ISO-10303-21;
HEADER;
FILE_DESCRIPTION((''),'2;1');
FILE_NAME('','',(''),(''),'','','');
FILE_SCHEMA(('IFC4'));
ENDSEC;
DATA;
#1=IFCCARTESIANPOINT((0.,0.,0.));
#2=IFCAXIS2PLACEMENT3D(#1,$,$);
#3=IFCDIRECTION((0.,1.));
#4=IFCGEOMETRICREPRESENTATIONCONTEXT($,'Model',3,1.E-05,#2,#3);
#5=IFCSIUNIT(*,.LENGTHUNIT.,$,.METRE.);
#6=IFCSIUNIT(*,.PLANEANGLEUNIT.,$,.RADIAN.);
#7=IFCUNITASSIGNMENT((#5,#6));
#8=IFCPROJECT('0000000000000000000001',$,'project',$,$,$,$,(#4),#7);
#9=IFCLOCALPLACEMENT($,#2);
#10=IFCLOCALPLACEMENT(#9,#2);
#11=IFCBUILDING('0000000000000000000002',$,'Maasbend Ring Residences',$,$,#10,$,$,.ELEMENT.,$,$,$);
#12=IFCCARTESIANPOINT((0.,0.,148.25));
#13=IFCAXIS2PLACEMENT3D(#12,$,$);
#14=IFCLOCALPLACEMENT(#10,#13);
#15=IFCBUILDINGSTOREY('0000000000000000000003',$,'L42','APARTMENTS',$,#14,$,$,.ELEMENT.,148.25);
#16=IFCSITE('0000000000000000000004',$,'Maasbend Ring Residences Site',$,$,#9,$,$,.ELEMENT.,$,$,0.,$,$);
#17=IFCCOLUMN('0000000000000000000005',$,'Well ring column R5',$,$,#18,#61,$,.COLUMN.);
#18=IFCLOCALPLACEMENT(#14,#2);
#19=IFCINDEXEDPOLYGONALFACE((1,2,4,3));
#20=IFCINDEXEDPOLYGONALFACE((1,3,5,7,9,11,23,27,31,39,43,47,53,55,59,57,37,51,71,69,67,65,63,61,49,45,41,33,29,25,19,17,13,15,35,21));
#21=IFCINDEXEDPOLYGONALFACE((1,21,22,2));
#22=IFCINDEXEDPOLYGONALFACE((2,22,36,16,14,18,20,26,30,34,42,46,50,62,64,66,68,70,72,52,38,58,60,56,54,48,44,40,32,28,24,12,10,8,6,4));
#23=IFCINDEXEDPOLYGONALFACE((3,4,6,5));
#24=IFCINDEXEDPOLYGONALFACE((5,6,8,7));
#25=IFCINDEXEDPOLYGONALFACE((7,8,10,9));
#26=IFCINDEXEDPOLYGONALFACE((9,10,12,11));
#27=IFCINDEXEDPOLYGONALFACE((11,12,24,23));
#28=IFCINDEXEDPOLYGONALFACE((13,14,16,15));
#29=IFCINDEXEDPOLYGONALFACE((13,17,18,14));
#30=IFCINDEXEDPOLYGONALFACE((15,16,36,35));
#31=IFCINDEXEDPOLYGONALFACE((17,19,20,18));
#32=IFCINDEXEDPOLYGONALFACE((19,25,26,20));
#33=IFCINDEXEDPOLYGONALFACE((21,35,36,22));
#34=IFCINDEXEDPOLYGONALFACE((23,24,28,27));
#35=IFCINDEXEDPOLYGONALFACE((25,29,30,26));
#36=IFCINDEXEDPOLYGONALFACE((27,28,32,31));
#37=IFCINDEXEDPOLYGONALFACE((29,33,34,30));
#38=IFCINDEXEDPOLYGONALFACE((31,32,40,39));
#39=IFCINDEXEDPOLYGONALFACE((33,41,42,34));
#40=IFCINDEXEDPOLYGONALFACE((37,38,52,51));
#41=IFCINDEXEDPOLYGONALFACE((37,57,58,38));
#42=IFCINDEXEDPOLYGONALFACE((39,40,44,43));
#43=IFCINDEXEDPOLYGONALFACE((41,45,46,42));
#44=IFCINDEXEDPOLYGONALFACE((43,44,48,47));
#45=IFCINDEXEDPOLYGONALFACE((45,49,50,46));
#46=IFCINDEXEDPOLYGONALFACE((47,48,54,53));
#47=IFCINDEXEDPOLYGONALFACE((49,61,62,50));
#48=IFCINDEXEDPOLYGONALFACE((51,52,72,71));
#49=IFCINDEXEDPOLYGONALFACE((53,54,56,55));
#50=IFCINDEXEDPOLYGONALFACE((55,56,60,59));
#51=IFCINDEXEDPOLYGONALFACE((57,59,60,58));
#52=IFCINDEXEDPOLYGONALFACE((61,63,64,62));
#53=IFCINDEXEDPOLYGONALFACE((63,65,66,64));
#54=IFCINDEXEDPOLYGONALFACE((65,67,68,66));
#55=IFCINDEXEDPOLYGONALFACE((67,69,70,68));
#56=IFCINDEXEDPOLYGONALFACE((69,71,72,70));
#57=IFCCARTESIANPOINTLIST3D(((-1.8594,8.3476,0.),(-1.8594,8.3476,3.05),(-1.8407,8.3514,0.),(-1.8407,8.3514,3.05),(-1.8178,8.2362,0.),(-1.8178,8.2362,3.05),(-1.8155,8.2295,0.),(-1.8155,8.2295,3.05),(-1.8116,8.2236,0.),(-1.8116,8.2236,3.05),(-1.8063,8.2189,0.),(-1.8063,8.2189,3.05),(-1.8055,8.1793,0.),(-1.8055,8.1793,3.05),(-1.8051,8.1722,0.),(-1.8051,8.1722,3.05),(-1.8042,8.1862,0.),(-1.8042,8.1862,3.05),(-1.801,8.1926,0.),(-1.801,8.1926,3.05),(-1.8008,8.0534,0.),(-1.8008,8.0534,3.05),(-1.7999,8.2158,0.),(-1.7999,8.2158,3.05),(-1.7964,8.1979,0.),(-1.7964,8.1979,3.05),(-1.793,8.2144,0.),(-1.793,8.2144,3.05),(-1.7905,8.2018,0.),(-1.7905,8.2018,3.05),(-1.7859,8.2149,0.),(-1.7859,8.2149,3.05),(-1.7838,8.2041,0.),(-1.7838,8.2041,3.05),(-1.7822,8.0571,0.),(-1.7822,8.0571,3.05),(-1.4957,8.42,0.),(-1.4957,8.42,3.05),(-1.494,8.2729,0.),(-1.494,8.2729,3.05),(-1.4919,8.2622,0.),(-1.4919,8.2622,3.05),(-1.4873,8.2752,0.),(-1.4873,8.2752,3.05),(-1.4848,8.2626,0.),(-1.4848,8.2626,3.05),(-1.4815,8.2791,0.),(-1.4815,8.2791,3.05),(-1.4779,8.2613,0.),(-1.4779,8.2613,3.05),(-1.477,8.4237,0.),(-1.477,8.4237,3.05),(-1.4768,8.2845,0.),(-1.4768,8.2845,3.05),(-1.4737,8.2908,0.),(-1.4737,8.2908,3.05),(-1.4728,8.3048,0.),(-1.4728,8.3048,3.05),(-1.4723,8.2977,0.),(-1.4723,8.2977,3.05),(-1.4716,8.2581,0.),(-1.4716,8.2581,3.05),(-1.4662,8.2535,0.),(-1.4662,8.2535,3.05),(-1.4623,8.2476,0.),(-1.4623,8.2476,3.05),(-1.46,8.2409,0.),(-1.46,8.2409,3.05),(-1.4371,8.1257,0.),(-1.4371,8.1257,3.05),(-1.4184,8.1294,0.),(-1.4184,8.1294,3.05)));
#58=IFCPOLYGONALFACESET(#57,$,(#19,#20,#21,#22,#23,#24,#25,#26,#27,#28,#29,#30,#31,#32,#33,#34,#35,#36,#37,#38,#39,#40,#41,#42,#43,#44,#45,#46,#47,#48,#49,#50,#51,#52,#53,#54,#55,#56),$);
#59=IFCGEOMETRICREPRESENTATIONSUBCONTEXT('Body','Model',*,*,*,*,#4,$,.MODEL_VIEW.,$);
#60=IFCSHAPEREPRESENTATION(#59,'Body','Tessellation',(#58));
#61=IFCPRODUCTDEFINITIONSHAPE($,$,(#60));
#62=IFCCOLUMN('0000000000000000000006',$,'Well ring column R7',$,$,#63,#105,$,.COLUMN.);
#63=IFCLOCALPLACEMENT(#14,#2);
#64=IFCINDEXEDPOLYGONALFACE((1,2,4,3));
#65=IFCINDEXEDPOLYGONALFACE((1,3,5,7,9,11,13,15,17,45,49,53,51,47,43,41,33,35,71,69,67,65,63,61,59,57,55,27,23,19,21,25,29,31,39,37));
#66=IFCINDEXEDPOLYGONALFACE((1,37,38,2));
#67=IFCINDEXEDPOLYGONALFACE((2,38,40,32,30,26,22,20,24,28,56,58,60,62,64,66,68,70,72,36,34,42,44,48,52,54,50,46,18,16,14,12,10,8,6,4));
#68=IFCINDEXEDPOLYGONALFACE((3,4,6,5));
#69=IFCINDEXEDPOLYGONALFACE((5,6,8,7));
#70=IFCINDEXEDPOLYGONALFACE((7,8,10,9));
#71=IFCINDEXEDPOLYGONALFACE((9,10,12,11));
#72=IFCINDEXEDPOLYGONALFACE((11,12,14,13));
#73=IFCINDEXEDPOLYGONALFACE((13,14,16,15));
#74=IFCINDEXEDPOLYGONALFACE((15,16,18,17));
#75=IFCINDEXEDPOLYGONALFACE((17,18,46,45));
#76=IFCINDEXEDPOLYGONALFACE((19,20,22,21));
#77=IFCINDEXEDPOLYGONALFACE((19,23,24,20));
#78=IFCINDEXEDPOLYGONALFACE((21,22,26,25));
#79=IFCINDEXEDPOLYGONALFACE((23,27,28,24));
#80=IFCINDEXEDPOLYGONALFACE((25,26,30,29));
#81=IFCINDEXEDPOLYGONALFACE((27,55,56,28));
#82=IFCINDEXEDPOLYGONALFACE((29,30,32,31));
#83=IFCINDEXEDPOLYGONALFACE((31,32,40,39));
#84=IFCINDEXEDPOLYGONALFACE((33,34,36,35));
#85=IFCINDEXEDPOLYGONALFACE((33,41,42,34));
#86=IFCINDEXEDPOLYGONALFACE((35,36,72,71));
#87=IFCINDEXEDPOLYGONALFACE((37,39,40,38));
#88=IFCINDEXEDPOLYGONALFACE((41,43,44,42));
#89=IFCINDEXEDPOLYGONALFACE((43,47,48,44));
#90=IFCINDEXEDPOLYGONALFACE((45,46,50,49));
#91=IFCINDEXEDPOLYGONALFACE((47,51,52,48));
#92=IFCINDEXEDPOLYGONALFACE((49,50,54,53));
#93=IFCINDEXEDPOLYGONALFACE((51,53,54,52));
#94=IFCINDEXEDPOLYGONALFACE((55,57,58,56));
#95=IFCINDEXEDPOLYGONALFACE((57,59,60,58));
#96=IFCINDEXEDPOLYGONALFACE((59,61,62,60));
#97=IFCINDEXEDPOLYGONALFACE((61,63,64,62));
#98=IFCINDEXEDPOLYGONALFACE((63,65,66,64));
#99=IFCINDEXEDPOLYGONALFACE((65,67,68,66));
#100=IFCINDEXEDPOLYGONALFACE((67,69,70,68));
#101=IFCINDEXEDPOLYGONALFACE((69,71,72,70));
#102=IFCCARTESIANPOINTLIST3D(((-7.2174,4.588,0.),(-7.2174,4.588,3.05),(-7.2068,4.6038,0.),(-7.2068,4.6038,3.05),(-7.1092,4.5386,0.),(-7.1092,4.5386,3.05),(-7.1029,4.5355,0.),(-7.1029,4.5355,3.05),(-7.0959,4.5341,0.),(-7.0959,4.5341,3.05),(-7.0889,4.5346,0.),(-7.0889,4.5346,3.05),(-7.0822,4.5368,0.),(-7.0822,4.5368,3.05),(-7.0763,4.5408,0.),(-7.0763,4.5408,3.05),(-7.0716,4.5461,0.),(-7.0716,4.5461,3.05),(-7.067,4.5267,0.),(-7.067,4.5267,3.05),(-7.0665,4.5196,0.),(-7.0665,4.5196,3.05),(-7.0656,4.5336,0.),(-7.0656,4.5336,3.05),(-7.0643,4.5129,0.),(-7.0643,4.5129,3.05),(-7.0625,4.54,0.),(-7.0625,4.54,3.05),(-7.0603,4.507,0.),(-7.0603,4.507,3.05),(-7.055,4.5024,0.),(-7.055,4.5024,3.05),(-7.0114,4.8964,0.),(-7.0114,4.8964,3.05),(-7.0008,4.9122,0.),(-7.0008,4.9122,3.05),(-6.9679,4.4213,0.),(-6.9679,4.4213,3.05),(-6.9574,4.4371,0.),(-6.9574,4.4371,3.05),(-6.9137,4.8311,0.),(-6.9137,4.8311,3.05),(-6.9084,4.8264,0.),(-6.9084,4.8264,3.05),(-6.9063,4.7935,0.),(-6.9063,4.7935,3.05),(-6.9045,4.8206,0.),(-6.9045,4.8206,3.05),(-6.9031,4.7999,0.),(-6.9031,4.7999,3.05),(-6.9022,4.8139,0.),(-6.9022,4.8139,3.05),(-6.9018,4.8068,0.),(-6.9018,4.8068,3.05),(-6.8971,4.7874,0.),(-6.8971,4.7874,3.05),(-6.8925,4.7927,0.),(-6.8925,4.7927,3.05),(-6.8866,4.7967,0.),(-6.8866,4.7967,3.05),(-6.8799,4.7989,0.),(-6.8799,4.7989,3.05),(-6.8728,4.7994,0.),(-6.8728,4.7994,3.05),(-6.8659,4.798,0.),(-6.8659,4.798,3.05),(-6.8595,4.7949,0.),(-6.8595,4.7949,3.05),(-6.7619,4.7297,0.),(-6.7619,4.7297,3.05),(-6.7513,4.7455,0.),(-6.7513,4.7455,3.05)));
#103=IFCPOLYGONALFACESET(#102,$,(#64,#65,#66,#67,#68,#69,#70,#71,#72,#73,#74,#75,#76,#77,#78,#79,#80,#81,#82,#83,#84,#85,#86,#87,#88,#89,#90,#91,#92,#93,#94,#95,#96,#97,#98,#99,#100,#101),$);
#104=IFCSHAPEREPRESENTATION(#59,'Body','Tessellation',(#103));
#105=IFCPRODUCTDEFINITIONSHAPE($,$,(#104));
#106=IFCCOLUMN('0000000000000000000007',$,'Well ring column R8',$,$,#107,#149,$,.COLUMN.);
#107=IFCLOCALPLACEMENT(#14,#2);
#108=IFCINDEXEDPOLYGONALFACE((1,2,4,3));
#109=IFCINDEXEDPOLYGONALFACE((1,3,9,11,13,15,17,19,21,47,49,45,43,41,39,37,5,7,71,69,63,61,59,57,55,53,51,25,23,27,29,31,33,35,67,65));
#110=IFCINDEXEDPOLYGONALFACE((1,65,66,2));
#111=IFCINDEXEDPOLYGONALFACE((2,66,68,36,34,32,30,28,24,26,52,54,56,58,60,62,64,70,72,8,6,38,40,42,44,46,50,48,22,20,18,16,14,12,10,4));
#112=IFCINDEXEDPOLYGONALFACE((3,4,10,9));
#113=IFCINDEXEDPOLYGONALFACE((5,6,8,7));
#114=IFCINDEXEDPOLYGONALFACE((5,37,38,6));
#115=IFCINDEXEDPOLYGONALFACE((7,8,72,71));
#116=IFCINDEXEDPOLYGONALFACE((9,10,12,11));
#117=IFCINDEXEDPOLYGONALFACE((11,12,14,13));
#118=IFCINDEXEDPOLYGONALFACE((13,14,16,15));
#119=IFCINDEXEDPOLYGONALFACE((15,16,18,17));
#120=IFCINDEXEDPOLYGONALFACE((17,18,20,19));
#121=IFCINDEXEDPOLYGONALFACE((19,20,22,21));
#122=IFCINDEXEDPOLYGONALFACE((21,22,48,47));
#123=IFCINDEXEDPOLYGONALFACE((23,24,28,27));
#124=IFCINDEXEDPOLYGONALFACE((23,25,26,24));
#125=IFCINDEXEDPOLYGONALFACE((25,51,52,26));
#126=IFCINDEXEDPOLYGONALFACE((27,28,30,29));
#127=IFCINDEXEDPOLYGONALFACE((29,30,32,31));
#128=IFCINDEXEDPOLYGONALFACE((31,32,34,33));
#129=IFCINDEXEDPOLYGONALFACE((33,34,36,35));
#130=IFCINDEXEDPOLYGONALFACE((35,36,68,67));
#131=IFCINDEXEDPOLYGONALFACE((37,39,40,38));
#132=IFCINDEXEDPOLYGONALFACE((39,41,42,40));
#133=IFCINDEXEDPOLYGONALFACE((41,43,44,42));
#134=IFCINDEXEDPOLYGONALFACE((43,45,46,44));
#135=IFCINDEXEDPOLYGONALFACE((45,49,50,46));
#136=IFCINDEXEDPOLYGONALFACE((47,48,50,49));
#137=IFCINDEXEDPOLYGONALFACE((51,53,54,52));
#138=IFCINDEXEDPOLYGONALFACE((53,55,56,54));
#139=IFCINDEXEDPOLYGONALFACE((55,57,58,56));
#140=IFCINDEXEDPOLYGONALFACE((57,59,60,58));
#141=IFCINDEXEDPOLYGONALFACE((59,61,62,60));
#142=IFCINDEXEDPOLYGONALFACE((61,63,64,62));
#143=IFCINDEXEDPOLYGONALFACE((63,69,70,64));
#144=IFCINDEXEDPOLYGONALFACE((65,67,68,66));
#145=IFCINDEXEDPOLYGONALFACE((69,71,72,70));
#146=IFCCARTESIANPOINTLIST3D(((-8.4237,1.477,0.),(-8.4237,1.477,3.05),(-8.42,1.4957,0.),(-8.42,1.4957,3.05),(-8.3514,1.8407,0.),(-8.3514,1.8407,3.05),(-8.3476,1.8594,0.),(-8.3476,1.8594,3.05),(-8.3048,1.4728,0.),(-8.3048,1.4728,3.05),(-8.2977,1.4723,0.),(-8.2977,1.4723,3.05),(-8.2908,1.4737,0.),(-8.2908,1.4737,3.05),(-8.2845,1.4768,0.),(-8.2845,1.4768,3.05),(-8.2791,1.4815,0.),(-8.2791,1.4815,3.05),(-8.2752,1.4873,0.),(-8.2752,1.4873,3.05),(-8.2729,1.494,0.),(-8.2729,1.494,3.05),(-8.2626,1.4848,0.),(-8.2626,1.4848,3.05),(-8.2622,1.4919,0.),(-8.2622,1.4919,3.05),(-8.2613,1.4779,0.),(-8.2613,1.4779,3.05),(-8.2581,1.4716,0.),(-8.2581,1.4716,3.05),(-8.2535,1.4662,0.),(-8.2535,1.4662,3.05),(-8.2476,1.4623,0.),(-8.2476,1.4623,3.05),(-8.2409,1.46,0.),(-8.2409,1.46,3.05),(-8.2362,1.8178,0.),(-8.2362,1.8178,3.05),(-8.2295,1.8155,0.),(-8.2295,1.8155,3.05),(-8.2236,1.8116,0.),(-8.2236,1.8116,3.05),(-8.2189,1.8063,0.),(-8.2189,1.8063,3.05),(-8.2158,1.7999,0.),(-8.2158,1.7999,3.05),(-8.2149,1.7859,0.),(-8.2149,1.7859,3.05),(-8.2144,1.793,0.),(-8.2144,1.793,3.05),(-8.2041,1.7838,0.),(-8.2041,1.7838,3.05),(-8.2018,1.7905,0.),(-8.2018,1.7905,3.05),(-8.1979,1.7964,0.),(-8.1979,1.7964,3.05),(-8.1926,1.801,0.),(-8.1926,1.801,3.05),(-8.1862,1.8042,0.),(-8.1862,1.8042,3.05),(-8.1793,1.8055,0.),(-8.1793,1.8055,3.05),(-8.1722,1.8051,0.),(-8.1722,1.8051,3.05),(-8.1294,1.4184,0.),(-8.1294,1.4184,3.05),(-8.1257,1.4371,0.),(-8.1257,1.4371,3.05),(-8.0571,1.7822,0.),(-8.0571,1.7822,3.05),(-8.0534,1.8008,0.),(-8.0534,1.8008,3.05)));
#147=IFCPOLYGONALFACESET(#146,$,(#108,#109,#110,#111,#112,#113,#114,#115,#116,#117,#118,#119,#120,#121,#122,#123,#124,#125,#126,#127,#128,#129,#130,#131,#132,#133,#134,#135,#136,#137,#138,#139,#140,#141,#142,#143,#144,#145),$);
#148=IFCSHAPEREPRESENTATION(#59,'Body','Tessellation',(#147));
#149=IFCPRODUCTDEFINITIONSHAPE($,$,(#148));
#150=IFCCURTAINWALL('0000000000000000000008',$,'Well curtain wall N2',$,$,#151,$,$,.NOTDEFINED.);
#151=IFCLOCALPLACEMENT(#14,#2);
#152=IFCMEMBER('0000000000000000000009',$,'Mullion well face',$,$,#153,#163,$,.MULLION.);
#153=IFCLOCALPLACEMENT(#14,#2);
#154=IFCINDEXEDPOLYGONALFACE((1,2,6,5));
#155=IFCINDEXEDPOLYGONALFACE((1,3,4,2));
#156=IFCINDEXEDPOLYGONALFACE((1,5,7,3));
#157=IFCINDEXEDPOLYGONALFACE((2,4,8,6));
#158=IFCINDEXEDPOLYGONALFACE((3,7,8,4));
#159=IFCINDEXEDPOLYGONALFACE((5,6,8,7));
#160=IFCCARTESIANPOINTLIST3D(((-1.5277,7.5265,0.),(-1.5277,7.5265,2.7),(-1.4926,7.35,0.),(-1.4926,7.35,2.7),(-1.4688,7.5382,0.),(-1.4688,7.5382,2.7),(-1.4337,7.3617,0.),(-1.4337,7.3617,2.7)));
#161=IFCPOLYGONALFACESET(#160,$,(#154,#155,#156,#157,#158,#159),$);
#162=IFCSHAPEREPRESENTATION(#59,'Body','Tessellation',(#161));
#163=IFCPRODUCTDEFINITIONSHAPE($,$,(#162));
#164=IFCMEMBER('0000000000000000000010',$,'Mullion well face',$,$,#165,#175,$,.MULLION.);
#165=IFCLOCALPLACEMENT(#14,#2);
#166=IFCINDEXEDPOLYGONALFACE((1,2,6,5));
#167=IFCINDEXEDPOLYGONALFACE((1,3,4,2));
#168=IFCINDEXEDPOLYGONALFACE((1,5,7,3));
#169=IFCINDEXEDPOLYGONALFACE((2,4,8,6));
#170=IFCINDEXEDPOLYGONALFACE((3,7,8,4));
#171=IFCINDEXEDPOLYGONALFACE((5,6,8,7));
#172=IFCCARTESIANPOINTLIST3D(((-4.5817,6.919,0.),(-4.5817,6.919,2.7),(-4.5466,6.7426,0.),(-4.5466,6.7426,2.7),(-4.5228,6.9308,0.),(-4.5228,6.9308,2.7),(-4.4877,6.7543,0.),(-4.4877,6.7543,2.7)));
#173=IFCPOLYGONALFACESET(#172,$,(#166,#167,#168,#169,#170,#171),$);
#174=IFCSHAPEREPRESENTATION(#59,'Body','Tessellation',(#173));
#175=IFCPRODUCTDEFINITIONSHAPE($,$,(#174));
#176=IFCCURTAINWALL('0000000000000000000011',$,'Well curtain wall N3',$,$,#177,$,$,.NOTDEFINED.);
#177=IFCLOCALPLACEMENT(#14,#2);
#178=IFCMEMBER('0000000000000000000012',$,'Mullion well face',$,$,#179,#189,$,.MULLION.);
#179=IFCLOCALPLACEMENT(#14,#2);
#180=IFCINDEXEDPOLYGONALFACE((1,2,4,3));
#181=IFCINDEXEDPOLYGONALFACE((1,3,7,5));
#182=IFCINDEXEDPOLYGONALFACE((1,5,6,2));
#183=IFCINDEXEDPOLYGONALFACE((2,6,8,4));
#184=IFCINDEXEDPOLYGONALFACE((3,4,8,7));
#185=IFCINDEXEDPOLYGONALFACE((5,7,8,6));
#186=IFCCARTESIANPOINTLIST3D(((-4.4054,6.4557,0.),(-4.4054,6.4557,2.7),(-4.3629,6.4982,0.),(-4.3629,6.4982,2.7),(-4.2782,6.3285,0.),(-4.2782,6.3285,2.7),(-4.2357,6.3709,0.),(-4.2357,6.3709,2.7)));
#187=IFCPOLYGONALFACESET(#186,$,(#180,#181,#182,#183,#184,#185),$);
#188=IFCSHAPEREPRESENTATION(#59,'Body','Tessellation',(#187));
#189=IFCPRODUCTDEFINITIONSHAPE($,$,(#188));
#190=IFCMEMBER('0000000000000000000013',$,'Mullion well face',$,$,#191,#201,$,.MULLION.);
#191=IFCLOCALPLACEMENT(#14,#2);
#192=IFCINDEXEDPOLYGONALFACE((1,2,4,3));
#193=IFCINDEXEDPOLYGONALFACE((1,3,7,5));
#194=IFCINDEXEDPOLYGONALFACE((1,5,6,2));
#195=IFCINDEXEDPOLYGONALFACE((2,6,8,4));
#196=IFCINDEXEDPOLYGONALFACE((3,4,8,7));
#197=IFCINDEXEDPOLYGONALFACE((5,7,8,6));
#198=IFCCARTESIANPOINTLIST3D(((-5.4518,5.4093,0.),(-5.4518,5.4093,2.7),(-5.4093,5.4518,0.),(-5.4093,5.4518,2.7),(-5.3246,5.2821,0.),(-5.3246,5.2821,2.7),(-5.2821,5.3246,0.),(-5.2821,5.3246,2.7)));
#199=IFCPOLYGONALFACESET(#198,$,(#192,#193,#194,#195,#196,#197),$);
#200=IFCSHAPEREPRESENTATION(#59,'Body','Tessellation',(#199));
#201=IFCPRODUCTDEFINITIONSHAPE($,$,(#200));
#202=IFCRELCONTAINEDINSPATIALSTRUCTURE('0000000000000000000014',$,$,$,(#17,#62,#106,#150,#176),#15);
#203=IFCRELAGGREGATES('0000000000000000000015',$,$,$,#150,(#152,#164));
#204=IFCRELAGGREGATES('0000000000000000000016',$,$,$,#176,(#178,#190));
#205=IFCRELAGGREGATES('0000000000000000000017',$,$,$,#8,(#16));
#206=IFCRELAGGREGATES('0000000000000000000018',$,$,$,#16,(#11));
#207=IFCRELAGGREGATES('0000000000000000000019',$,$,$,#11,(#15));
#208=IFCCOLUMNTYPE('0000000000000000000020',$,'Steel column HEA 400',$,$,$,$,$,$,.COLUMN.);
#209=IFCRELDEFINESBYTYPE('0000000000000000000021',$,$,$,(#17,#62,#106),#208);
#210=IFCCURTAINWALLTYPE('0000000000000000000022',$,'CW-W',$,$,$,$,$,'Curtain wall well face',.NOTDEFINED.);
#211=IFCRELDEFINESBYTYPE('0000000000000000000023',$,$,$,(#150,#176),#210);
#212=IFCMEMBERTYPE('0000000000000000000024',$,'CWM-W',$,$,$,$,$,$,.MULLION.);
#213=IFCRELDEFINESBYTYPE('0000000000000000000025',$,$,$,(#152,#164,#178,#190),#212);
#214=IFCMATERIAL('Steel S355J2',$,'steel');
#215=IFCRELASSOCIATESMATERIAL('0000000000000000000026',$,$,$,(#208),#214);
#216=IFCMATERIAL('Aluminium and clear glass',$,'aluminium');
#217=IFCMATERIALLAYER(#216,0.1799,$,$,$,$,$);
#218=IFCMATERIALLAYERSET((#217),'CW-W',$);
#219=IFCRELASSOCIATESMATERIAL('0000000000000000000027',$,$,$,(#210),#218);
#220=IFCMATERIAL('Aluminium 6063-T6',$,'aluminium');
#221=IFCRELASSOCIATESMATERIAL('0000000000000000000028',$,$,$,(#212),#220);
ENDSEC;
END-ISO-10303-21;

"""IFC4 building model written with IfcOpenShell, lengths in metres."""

from ifc_helpers import new_model, si_unit, direction, frame, origin, origin_2d, place, context, subcontext, project, spatial, rectangle, i_section, extrude, material, layer, layer_set, material_profile, profile_set, type_object, element, aggregate, save


model = new_model("IFC4")

# Units and contexts
model_context = context("Model", 3, precision=1e-05, world=origin(), true_north=direction((0.0, 1.0)))
body_context = subcontext(model_context, "Body", "Model", "MODEL_VIEW")
ifc_project = project(units=[si_unit("LENGTHUNIT", "METRE"), si_unit("PLANEANGLEUNIT", "RADIAN")], contexts=[model_context])

# Site, building, storey
site_placement = place(None, origin())
site = spatial("IfcSite", under=ifc_project, at=site_placement, Name="Maasbend Ring Residences Site", CompositionType="ELEMENT", RefElevation=0.0)
building_placement = place(site_placement, origin())
building = spatial("IfcBuilding", under=site, at=building_placement, Name="Maasbend Ring Residences", CompositionType="ELEMENT")
storey_placement = place(building_placement, frame((0.0, 0.0, 148.25)))
storey = spatial("IfcBuildingStorey", under=building, at=storey_placement, Name="L42", Description="APARTMENTS", CompositionType="ELEMENT", Elevation=148.25)

# Columns
ifc_material_1 = material(Name="Steel S355J2", Category="steel")
ifc_material_profile_1 = material_profile(ifc_material_1, i_section(OverallWidth=0.3, OverallDepth=0.3899, WebThickness=0.011, FlangeThickness=0.019, FilletRadius=0.0271, at=origin_2d()), Name="HEA 400")
ifc_profile_set_1 = profile_set([ifc_material_profile_1], Name="Steel S355J2")
column_type = type_object("IfcColumnType", Name="Steel column HEA 400", PredefinedType="COLUMN", material=ifc_profile_set_1)
for number, where, z_axis, x_axis, name in (
    (1, (-1.6389, 8.2385, 0.0), (0.0, 0.0, 1.0), (-0.19509, 0.980785, 0.0), "Well ring column R5"),
    (2, (-6.9844, 4.6667, 0.0), (0.0, 0.0, 1.0), (-0.83147, 0.55557, 0.0), "Well ring column R7"),
    (3, (-8.2385, 1.6389, 0.0), (0.0, 0.0, 1.0), (-0.980785, 0.19509, 0.0), "Well ring column R8"),
):
    element("IfcColumn", number, at=place(storey_placement, frame(where, z_axis=z_axis, x_axis=x_axis)), inside=storey, type_object=column_type, Name=name, PredefinedType="COLUMN", context=body_context, shape_type="SweptSolid", body=[
        extrude(i_section(OverallWidth=0.3, OverallDepth=0.3899, WebThickness=0.011, FlangeThickness=0.019, FilletRadius=0.0271, at=origin_2d()), origin(), (0.0, 0.0, 1.0), 3.05),
    ])

# Curtain walls, members
ifc_material_2 = material(Name="Aluminium and clear glass", Category="aluminium")
ifc_layer_1 = layer(ifc_material_2, 0.1799)
ifc_layer_set_1 = layer_set([ifc_layer_1], Name="CW-W")
curtain_wall_type = type_object("IfcCurtainWallType", Name="CW-W", ElementType="Curtain wall well face", PredefinedType="NOTDEFINED", material=ifc_layer_set_1)
curtain_wall_1_placement = place(storey_placement, origin())
curtain_wall_1 = element("IfcCurtainWall", 4, at=curtain_wall_1_placement, inside=storey, type_object=curtain_wall_type, Name="Well curtain wall N2", PredefinedType="NOTDEFINED")
ifc_material_3 = material(Name="Aluminium 6063-T6", Category="aluminium")
ifc_material_profile_2 = material_profile(ifc_material_3, rectangle(XDim=0.1799, YDim=0.0601, at=origin_2d()), Name="AL 180x60")
ifc_profile_set_2 = profile_set([ifc_material_profile_2], Name="Aluminium 6063-T6")
member_type_1 = type_object("IfcMemberType", Name="CWM-W", PredefinedType="MULLION", material=ifc_profile_set_2)
member_1_placement = place(storey_placement, frame((-1.4807, 7.4441, 0.0), z_axis=(0.0, 0.0, 1.0), x_axis=(0.19509, -0.980785, 0.0)))
member_1 = element("IfcMember", 5, at=member_1_placement, type_object=member_type_1, Name="Mullion well face", PredefinedType="MULLION", context=body_context, shape_type="SweptSolid", body=[
    extrude(rectangle(XDim=0.1799, YDim=0.0601, at=origin_2d()), origin(), (0.0, 0.0, 1.0), 2.7),
])
member_2_placement = place(storey_placement, frame((-4.5347, 6.8367, 0.0), z_axis=(0.0, 0.0, 1.0), x_axis=(0.19509, -0.980785, 0.0)))
member_2 = element("IfcMember", 6, at=member_2_placement, type_object=member_type_1, Name="Mullion well face", PredefinedType="MULLION", context=body_context, shape_type="SweptSolid", body=[
    extrude(rectangle(XDim=0.1799, YDim=0.0601, at=origin_2d()), origin(), (0.0, 0.0, 1.0), 2.7),
])
curtain_wall_2_placement = place(storey_placement, origin())
curtain_wall_2 = element("IfcCurtainWall", 7, at=curtain_wall_2_placement, inside=storey, type_object=curtain_wall_type, Name="Well curtain wall N3", PredefinedType="NOTDEFINED")
member_3_placement = place(storey_placement, frame((-4.3206, 6.4133, 0.0), z_axis=(0.0, 0.0, 1.0), x_axis=(0.707107, -0.707107, 0.0)))
member_3 = element("IfcMember", 8, at=member_3_placement, type_object=member_type_1, Name="Mullion well face", PredefinedType="MULLION", context=body_context, shape_type="SweptSolid", body=[
    extrude(rectangle(XDim=0.1799, YDim=0.0601, at=origin_2d()), origin(), (0.0, 0.0, 1.0), 2.7),
])
member_4_placement = place(storey_placement, frame((-5.3669, 5.3669, 0.0), z_axis=(0.0, 0.0, 1.0), x_axis=(0.707107, -0.707107, 0.0)))
member_4 = element("IfcMember", 9, at=member_4_placement, type_object=member_type_1, Name="Mullion well face", PredefinedType="MULLION", context=body_context, shape_type="SweptSolid", body=[
    extrude(rectangle(XDim=0.1799, YDim=0.0601, at=origin_2d()), origin(), (0.0, 0.0, 1.0), 2.7),
])

aggregate(curtain_wall_1, [member_1, member_2])
aggregate(curtain_wall_2, [member_3, member_4])

save(model, "model.ifc")
